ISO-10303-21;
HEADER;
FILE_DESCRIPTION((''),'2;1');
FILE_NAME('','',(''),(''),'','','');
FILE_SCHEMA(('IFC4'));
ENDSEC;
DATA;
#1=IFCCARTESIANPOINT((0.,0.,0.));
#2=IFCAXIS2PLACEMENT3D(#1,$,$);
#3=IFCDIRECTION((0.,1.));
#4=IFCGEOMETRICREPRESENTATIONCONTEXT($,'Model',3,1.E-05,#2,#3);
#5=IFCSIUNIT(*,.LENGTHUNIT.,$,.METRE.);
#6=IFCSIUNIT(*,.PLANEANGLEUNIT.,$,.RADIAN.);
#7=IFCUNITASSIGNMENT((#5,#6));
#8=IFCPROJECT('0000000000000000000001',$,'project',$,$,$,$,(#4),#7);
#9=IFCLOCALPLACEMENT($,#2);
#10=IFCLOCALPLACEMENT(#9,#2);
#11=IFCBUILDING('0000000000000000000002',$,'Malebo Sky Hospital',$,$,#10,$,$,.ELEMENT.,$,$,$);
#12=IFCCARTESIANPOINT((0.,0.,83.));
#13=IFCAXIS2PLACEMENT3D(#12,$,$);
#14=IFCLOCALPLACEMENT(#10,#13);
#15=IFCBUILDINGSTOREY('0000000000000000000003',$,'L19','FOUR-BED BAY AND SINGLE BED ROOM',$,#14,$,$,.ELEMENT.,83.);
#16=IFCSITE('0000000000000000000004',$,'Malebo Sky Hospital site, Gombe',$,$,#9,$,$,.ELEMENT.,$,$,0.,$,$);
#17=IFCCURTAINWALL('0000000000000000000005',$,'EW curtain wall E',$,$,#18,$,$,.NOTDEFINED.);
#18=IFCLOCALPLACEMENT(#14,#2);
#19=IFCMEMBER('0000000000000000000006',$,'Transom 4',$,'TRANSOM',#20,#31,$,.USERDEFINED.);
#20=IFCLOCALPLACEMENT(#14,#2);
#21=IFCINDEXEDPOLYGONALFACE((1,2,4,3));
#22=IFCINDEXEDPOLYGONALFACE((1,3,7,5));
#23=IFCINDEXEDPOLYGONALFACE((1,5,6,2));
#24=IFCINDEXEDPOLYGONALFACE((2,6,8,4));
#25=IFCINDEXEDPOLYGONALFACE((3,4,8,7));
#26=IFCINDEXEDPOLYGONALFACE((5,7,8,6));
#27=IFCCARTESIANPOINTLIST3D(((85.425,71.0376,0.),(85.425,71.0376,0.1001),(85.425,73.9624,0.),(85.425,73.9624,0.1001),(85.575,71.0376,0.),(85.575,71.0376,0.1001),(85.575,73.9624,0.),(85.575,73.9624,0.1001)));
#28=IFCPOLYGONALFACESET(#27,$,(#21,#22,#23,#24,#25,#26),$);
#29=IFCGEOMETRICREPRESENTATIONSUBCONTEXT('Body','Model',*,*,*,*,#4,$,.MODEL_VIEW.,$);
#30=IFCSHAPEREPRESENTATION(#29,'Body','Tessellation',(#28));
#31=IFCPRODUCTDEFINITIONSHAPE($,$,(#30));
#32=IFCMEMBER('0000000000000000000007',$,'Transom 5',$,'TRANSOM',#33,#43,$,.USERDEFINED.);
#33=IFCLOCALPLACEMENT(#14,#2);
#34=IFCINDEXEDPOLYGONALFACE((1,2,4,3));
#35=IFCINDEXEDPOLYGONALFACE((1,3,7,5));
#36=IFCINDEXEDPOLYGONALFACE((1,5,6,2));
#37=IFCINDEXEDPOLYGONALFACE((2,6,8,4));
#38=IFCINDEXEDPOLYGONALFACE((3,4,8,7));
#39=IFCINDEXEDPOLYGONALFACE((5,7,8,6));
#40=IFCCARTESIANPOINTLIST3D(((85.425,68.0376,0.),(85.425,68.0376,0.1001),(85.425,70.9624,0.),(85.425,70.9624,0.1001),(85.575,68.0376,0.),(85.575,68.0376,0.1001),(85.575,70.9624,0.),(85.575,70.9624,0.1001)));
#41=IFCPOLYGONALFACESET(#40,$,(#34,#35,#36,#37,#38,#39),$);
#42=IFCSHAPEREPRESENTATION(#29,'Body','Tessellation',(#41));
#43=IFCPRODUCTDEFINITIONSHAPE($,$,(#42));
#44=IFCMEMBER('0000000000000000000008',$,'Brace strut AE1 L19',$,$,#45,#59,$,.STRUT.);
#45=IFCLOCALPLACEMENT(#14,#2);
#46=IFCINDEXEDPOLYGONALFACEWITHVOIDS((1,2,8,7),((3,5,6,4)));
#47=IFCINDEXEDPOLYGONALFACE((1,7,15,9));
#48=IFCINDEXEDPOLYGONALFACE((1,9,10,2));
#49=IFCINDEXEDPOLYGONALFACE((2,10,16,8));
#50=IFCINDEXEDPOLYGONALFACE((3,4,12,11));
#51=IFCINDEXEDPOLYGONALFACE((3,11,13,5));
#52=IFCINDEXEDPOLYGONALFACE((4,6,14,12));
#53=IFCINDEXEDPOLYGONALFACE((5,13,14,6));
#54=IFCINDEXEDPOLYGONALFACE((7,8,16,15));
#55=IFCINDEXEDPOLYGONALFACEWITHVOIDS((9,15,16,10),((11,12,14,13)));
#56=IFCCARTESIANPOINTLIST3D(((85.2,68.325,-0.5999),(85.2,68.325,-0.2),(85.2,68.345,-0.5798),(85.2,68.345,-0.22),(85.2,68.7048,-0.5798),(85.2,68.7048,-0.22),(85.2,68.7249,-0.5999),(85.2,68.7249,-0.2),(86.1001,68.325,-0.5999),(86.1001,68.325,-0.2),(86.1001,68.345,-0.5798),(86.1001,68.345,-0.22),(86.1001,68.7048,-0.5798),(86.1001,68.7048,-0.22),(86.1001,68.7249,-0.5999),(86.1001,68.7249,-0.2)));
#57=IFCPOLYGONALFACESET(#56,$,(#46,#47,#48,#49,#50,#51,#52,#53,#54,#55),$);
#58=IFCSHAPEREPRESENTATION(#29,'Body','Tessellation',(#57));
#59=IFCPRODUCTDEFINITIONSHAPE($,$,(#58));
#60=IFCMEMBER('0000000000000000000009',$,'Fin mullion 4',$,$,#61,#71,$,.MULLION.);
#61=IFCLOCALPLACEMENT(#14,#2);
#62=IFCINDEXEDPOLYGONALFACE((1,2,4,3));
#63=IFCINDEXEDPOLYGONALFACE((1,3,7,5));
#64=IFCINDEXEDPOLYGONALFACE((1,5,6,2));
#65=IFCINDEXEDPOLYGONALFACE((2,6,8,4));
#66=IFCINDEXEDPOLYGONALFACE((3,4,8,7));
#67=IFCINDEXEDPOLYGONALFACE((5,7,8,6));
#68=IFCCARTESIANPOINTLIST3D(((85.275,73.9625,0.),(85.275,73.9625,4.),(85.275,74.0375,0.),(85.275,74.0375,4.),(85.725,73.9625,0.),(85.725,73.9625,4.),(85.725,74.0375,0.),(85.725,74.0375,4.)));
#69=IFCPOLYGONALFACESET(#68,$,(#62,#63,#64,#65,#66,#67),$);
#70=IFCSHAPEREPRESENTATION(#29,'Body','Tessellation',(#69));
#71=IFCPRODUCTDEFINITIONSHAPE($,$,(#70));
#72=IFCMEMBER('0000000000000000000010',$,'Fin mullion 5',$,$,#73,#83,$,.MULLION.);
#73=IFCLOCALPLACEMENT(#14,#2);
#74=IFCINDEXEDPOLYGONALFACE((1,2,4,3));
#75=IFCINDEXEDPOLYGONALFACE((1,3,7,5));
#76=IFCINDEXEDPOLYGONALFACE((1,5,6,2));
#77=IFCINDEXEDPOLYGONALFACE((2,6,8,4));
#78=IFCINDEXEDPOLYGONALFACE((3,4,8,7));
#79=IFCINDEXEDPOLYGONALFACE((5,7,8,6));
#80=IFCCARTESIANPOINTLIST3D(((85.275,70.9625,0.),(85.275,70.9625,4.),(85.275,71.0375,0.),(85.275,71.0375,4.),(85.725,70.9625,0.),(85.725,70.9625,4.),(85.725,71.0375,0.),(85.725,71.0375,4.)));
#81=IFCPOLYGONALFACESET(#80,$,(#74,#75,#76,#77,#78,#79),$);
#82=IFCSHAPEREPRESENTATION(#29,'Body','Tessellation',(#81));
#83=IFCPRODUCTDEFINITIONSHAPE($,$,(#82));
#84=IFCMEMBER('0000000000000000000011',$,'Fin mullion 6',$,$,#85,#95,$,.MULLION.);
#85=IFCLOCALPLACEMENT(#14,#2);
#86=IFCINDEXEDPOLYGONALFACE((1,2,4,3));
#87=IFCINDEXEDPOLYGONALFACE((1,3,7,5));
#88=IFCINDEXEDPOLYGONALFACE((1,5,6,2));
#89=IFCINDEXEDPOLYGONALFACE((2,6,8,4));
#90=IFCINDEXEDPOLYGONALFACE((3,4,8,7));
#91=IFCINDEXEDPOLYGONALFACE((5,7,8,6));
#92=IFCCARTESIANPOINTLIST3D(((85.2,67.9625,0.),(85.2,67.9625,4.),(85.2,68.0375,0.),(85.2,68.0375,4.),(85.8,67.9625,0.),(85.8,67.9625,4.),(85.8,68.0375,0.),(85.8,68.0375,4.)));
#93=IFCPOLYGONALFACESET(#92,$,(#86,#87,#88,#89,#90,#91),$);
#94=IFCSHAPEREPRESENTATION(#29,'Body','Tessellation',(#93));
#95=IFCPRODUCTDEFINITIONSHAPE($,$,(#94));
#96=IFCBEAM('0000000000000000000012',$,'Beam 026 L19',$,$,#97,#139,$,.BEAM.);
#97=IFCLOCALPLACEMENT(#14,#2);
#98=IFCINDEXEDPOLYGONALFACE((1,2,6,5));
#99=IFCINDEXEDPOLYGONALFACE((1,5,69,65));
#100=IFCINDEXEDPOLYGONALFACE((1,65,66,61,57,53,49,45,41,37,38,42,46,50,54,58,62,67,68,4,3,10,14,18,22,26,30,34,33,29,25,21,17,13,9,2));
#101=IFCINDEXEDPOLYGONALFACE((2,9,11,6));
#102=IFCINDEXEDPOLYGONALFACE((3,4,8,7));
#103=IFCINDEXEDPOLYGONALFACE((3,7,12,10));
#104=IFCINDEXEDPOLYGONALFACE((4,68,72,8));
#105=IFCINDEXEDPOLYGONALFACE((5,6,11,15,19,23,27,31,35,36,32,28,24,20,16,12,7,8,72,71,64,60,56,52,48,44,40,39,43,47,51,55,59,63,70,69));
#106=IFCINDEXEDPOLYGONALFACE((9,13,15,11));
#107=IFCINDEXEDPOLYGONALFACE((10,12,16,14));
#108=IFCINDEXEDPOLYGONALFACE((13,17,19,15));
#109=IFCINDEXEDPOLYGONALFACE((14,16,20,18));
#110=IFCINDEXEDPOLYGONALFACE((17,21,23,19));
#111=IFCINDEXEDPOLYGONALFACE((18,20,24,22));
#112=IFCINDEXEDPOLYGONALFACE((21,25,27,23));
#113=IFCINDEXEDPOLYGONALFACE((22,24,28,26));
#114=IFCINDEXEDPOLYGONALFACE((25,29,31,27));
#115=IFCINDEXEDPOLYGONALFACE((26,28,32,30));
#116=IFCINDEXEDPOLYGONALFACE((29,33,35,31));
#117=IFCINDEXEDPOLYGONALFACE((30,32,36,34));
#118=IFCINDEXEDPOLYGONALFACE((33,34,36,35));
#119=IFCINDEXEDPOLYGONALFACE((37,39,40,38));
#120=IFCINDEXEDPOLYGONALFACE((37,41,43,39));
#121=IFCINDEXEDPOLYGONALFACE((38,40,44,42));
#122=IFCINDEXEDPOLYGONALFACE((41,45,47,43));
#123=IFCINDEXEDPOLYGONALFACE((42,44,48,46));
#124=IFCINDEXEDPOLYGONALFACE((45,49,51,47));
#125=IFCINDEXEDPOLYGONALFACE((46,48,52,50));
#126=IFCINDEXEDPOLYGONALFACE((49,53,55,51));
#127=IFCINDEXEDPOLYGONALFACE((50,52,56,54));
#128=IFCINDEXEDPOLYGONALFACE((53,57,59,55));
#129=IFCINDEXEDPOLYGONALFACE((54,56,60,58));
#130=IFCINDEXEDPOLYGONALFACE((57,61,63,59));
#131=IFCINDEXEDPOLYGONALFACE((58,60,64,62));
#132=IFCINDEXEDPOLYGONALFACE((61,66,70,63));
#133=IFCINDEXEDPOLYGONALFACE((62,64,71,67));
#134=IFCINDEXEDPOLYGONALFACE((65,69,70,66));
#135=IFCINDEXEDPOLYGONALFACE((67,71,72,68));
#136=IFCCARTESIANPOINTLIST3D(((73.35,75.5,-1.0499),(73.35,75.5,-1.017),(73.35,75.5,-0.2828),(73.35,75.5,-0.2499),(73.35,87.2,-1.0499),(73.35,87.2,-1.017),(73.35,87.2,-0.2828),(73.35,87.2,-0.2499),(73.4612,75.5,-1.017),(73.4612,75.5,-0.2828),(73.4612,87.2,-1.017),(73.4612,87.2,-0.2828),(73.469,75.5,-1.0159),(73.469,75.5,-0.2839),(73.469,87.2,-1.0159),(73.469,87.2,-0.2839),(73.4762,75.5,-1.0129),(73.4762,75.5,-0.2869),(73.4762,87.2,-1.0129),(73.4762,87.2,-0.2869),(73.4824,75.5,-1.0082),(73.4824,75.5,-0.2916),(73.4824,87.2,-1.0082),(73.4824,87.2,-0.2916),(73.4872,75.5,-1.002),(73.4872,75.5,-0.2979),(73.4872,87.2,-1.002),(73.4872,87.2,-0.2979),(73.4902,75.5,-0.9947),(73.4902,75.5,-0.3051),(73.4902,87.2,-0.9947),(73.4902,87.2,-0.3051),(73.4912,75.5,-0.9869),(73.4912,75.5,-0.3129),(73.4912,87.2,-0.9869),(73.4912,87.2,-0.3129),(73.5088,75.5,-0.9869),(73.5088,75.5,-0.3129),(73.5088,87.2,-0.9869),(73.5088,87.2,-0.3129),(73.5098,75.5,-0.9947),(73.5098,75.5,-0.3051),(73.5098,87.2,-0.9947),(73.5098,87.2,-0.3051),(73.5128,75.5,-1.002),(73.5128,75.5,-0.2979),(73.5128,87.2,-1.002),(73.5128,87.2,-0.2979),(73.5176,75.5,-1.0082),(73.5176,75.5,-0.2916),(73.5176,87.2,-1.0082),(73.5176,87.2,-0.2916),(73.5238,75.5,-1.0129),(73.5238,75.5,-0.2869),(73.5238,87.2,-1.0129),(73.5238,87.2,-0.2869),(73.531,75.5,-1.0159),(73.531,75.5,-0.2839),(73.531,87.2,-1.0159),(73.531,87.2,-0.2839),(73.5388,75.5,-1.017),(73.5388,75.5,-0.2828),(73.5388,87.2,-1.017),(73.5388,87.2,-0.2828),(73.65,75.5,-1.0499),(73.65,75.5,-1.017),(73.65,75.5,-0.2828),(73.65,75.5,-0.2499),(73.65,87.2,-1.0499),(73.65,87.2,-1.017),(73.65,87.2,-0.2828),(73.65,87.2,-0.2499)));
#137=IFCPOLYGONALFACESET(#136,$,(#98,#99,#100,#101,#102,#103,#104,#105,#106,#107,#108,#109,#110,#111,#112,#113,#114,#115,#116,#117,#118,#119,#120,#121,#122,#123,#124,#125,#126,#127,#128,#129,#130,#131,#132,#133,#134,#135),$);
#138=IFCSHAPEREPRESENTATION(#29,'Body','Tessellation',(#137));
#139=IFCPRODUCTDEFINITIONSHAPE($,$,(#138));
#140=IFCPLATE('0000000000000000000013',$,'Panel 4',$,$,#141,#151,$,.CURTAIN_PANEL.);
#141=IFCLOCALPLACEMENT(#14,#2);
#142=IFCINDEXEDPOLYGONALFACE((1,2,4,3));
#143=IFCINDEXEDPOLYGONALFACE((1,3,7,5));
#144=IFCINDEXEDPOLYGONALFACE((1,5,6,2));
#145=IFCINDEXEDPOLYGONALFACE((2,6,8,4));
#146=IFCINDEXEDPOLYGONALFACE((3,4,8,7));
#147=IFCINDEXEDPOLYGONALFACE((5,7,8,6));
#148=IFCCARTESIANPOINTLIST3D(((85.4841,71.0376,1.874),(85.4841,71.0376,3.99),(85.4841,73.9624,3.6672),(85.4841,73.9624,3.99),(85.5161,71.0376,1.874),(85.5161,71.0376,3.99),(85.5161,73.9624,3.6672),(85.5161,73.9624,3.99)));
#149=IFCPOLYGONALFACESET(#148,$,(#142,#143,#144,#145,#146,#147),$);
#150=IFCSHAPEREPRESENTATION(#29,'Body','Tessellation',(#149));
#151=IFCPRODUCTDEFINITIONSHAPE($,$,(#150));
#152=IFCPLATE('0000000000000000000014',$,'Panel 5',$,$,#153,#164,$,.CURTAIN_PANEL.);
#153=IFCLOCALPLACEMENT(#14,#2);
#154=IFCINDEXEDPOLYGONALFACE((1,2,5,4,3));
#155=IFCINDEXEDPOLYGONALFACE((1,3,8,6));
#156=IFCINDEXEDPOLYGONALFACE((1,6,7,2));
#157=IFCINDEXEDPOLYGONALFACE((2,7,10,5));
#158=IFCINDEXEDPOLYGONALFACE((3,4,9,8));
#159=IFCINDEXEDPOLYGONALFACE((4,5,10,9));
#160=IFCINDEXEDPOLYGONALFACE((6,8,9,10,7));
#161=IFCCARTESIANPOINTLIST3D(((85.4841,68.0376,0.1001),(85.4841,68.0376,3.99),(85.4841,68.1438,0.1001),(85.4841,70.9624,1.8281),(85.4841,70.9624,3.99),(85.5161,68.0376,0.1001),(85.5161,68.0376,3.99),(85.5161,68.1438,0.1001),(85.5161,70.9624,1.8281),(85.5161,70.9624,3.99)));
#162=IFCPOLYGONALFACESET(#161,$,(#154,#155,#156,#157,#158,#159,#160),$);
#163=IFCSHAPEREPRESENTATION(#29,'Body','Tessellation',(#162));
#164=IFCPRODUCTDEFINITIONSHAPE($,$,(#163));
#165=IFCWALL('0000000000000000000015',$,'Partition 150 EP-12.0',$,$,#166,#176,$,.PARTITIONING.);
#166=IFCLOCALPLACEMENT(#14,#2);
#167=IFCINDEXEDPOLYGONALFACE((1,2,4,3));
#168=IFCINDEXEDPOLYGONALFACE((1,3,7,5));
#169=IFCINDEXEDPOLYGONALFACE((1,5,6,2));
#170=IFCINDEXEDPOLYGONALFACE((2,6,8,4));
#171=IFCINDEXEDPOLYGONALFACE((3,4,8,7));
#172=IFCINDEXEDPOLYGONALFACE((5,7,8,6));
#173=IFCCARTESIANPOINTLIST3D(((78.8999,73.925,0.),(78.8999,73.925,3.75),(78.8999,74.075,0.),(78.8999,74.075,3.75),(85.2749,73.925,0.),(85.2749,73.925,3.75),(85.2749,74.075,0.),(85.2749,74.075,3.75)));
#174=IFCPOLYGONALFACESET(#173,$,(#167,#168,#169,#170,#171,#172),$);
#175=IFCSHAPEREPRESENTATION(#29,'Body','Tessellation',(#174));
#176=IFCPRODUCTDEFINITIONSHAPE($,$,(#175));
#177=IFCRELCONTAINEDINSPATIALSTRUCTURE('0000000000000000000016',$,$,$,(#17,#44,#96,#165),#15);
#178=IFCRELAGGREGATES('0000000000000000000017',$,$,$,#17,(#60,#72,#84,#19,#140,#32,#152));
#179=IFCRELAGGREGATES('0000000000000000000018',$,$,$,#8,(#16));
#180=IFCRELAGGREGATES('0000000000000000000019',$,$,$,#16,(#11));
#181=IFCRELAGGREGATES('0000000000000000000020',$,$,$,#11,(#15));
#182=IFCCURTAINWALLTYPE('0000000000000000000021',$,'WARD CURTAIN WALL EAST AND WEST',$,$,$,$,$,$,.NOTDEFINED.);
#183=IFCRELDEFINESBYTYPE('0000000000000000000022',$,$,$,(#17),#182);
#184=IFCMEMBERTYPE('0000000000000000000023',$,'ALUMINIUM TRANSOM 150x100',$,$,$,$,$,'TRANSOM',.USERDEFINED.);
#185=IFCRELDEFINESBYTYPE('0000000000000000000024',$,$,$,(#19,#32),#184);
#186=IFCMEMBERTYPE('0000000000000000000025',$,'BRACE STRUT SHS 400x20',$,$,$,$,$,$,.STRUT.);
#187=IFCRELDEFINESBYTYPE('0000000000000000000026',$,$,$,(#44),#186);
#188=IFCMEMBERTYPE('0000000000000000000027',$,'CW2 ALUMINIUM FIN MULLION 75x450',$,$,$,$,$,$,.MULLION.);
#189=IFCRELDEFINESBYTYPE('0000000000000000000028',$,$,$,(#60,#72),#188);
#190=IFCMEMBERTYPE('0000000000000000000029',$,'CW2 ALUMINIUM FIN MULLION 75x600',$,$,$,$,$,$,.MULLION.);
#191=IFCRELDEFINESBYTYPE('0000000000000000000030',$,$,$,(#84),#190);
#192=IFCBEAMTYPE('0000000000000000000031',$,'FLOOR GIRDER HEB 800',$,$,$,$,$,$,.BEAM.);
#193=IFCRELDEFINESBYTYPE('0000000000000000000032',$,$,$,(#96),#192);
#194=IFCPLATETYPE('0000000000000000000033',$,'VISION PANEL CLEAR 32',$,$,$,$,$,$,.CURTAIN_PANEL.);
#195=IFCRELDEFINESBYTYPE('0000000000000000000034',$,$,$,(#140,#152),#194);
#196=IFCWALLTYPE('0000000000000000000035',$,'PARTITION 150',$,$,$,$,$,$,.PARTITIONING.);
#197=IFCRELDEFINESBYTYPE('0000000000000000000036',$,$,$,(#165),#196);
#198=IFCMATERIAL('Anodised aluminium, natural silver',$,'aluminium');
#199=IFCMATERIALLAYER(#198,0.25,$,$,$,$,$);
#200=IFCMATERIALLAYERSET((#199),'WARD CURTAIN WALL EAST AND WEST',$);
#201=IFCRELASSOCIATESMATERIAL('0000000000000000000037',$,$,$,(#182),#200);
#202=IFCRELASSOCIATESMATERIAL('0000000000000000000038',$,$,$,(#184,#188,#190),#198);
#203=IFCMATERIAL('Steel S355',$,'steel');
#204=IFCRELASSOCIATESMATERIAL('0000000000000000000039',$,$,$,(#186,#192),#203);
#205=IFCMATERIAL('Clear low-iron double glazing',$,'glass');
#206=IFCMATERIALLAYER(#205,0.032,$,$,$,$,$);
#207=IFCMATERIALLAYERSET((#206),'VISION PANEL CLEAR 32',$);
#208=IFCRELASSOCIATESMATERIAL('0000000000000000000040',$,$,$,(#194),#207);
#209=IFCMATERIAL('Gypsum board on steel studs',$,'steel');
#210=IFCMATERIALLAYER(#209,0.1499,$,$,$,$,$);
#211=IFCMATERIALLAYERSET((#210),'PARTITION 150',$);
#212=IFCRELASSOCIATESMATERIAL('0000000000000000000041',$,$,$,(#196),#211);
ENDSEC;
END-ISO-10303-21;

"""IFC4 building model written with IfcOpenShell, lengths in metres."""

from ifc_helpers import new_model, si_unit, direction, frame, frame_2d, origin, origin_2d, place, context, subcontext, project, spatial, polyline, rectangle, hollow_rectangle, i_section, outline, extrude, material, layer, layer_set, material_profile, profile_set, type_object, element, aggregate, save


model = new_model("IFC4")

# Units and contexts
model_context = context("Model", 3, precision=1e-05, world=origin(), true_north=direction((0.0, 1.0)))
body_context = subcontext(model_context, "Body", "Model", "MODEL_VIEW")
ifc_project = project(units=[si_unit("LENGTHUNIT", "METRE"), si_unit("PLANEANGLEUNIT", "RADIAN")], contexts=[model_context])

# Site, building, storey
site_placement = place(None, origin())
site = spatial("IfcSite", under=ifc_project, at=site_placement, Name="Malebo Sky Hospital site, Gombe", CompositionType="ELEMENT", RefElevation=0.0)
building_placement = place(site_placement, origin())
building = spatial("IfcBuilding", under=site, at=building_placement, Name="Malebo Sky Hospital", CompositionType="ELEMENT")
storey_placement = place(building_placement, frame((0.0, 0.0, 83.0)))
storey = spatial("IfcBuildingStorey", under=building, at=storey_placement, Name="L19", Description="FOUR-BED BAY AND SINGLE BED ROOM", CompositionType="ELEMENT", Elevation=83.0)

# Curtain wall, members
ifc_material_1 = material(Name="Anodised aluminium, natural silver", Category="aluminium")
ifc_layer_1 = layer(ifc_material_1, 0.25)
ifc_layer_set_1 = layer_set([ifc_layer_1], Name="WARD CURTAIN WALL EAST AND WEST")
curtain_wall_type = type_object("IfcCurtainWallType", Name="WARD CURTAIN WALL EAST AND WEST", PredefinedType="NOTDEFINED", material=ifc_layer_set_1)
curtain_wall_placement = place(storey_placement, origin())
curtain_wall = element("IfcCurtainWall", 1, at=curtain_wall_placement, inside=storey, type_object=curtain_wall_type, Name="EW curtain wall E", PredefinedType="NOTDEFINED")
ifc_material_profile_1 = material_profile(ifc_material_1, rectangle(XDim=0.1499, YDim=0.1001, at=origin_2d()), Name="ALUMINIUM TRANSOM 150x100")
ifc_profile_set_1 = profile_set([ifc_material_profile_1], Name="Anodised aluminium, natural silver")
member_type_1 = type_object("IfcMemberType", Name="ALUMINIUM TRANSOM 150x100", ElementType="TRANSOM", PredefinedType="USERDEFINED", material=ifc_profile_set_1)
member_1_placement = place(storey_placement, frame((85.5, 73.9624, 0.05), z_axis=(0.0, -1.0, 0.0), x_axis=(1.0, 0.0, 0.0)))
member_1 = element("IfcMember", 2, at=member_1_placement, type_object=member_type_1, Name="Transom 4", ObjectType="TRANSOM", PredefinedType="USERDEFINED", context=body_context, shape_type="SweptSolid", body=[
    extrude(rectangle(XDim=0.1499, YDim=0.1001, at=origin_2d()), origin(), (0.0, 0.0, 1.0), 2.9248),
])
member_2_placement = place(storey_placement, frame((85.5, 70.9624, 0.05), z_axis=(0.0, -1.0, 0.0), x_axis=(1.0, 0.0, 0.0)))
member_2 = element("IfcMember", 3, at=member_2_placement, type_object=member_type_1, Name="Transom 5", ObjectType="TRANSOM", PredefinedType="USERDEFINED", context=body_context, shape_type="SweptSolid", body=[
    extrude(rectangle(XDim=0.1499, YDim=0.1001, at=origin_2d()), origin(), (0.0, 0.0, 1.0), 2.9248),
])

# Members
ifc_material_2 = material(Name="Steel S355", Category="steel")
ifc_material_profile_2 = material_profile(ifc_material_2, hollow_rectangle(XDim=0.3999, YDim=0.3999, WallThickness=0.02, at=origin_2d()), Name="SHS 400x20")
ifc_profile_set_2 = profile_set([ifc_material_profile_2], Name="Steel S355")
member_type_2 = type_object("IfcMemberType", Name="BRACE STRUT SHS 400x20", PredefinedType="STRUT", material=ifc_profile_set_2)
member_3_placement = place(storey_placement, frame((86.1001, 68.5249, -0.3999), z_axis=(-1.0, 0.0, 0.0), x_axis=(0.0, -1.0, 0.0)))
element("IfcMember", 4, at=member_3_placement, inside=storey, type_object=member_type_2, Name="Brace strut AE1 L19", PredefinedType="STRUT", context=body_context, shape_type="SweptSolid", body=[
    extrude(hollow_rectangle(XDim=0.3999, YDim=0.3999, WallThickness=0.02, at=origin_2d()), origin(), (0.0, 0.0, 1.0), 0.9001),
])
ifc_material_profile_3 = material_profile(ifc_material_1, rectangle(XDim=0.075, YDim=0.45, at=origin_2d()), Name="CW2 ALUMINIUM FIN MULLION 75x450")
ifc_profile_set_3 = profile_set([ifc_material_profile_3], Name="Anodised aluminium, natural silver")
member_type_3 = type_object("IfcMemberType", Name="CW2 ALUMINIUM FIN MULLION 75x450", PredefinedType="MULLION", material=ifc_profile_set_3)
member_4_placement = place(storey_placement, frame((85.5, 74.0, 0.0), z_axis=(0.0, 0.0, 1.0), x_axis=(0.0, -1.0, 0.0)))
member_4 = element("IfcMember", 5, at=member_4_placement, type_object=member_type_3, Name="Fin mullion 4", PredefinedType="MULLION", context=body_context, shape_type="SweptSolid", body=[
    extrude(rectangle(XDim=0.075, YDim=0.45, at=origin_2d()), origin(), (0.0, 0.0, 1.0), 4.0),
])
member_5_placement = place(storey_placement, frame((85.5, 71.0, 0.0), z_axis=(0.0, 0.0, 1.0), x_axis=(0.0, -1.0, 0.0)))
member_5 = element("IfcMember", 6, at=member_5_placement, type_object=member_type_3, Name="Fin mullion 5", PredefinedType="MULLION", context=body_context, shape_type="SweptSolid", body=[
    extrude(rectangle(XDim=0.075, YDim=0.45, at=origin_2d()), origin(), (0.0, 0.0, 1.0), 4.0),
])
ifc_material_profile_4 = material_profile(ifc_material_1, rectangle(XDim=0.075, YDim=0.6001, at=origin_2d()), Name="CW2 ALUMINIUM FIN MULLION 75x600")
ifc_profile_set_4 = profile_set([ifc_material_profile_4], Name="Anodised aluminium, natural silver")
member_type_4 = type_object("IfcMemberType", Name="CW2 ALUMINIUM FIN MULLION 75x600", PredefinedType="MULLION", material=ifc_profile_set_4)
member_6_placement = place(storey_placement, frame((85.5, 68.0, 0.0), z_axis=(0.0, 0.0, 1.0), x_axis=(0.0, -1.0, 0.0)))
member_6 = element("IfcMember", 7, at=member_6_placement, type_object=member_type_4, Name="Fin mullion 6", PredefinedType="MULLION", context=body_context, shape_type="SweptSolid", body=[
    extrude(rectangle(XDim=0.075, YDim=0.6001, at=origin_2d()), origin(), (0.0, 0.0, 1.0), 4.0),
])

# Beam
ifc_material_profile_5 = material_profile(ifc_material_2, i_section(OverallWidth=0.3, OverallDepth=0.8, WebThickness=0.0176, FlangeThickness=0.033, FilletRadius=0.03, at=origin_2d()), Name="HEB 800")
ifc_profile_set_5 = profile_set([ifc_material_profile_5], Name="Steel S355")
beam_type = type_object("IfcBeamType", Name="FLOOR GIRDER HEB 800", PredefinedType="BEAM", material=ifc_profile_set_5)
beam_placement = place(storey_placement, frame((73.5, 75.5, -0.6499), z_axis=(0.0, 1.0, 0.0), x_axis=(-1.0, 0.0, 0.0)))
element("IfcBeam", 8, at=beam_placement, inside=storey, type_object=beam_type, Name="Beam 026 L19", PredefinedType="BEAM", context=body_context, shape_type="SweptSolid", body=[
    extrude(i_section(OverallWidth=0.3, OverallDepth=0.8, WebThickness=0.0176, FlangeThickness=0.033, FilletRadius=0.03, at=origin_2d()), origin(), (0.0, 0.0, 1.0), 11.7),
])

# Plates
ifc_material_3 = material(Name="Clear low-iron double glazing", Category="glass")
ifc_layer_2 = layer(ifc_material_3, 0.032)
ifc_layer_set_2 = layer_set([ifc_layer_2], Name="VISION PANEL CLEAR 32")
plate_type = type_object("IfcPlateType", Name="VISION PANEL CLEAR 32", PredefinedType="CURTAIN_PANEL", material=ifc_layer_set_2)
plate_1_placement = place(storey_placement, frame((85.5, 72.5, 1.874), z_axis=(0.0, 0.0, 1.0), x_axis=(0.0, -1.0, 0.0)))
plate_1 = element("IfcPlate", 9, at=plate_1_placement, type_object=plate_type, Name="Panel 4", PredefinedType="CURTAIN_PANEL", context=body_context, shape_type="SweptSolid", body=[
    extrude(outline(polyline([(1.4624, 0.0), (1.4624, 2.116), (-1.4624, 2.116), (-1.4624, 1.7932), (1.4624, 0.0)])), frame((0.0, 0.0161, 0.0), z_axis=(0.0, -1.0, 0.0), x_axis=(1.0, 0.0, 0.0)), (0.0, 0.0, 1.0), 0.032),
])
plate_2_placement = place(storey_placement, frame((85.5, 69.5, 0.1001), z_axis=(0.0, 0.0, 1.0), x_axis=(0.0, -1.0, 0.0)))
plate_2 = element("IfcPlate", 10, at=plate_2_placement, type_object=plate_type, Name="Panel 5", PredefinedType="CURTAIN_PANEL", context=body_context, shape_type="SweptSolid", body=[
    extrude(outline(polyline([(1.3562, 0.0), (1.4624, 0.0), (1.4624, 3.8899), (-1.4624, 3.8899), (-1.4624, 1.728), (1.3562, 0.0)])), frame((0.0, 0.0161, 0.0), z_axis=(0.0, -1.0, 0.0), x_axis=(1.0, 0.0, 0.0)), (0.0, 0.0, 1.0), 0.032),
])
aggregate(curtain_wall, [member_4, member_5, member_6, member_1, plate_1, member_2, plate_2])

# Wall
ifc_material_4 = material(Name="Gypsum board on steel studs", Category="steel")
ifc_layer_3 = layer(ifc_material_4, 0.1499)
ifc_layer_set_3 = layer_set([ifc_layer_3], Name="PARTITION 150")
wall_type = type_object("IfcWallType", Name="PARTITION 150", PredefinedType="PARTITIONING", material=ifc_layer_set_3)
wall_1_placement = place(storey_placement, frame((78.8999, 74.0, 0.0), z_axis=(0.0, 0.0, 1.0), x_axis=(1.0, 0.0, 0.0)))
element("IfcWall", 11, at=wall_1_placement, inside=storey, type_object=wall_type, Name="Partition 150 EP-12.0", PredefinedType="PARTITIONING", context=body_context, shape_type="SweptSolid", body=[
    extrude(rectangle(XDim=6.375, YDim=0.1499, at=frame_2d((3.1875, 0.0))), origin(), (0.0, 0.0, 1.0), 3.75),
])

save(model, "model.ifc")
